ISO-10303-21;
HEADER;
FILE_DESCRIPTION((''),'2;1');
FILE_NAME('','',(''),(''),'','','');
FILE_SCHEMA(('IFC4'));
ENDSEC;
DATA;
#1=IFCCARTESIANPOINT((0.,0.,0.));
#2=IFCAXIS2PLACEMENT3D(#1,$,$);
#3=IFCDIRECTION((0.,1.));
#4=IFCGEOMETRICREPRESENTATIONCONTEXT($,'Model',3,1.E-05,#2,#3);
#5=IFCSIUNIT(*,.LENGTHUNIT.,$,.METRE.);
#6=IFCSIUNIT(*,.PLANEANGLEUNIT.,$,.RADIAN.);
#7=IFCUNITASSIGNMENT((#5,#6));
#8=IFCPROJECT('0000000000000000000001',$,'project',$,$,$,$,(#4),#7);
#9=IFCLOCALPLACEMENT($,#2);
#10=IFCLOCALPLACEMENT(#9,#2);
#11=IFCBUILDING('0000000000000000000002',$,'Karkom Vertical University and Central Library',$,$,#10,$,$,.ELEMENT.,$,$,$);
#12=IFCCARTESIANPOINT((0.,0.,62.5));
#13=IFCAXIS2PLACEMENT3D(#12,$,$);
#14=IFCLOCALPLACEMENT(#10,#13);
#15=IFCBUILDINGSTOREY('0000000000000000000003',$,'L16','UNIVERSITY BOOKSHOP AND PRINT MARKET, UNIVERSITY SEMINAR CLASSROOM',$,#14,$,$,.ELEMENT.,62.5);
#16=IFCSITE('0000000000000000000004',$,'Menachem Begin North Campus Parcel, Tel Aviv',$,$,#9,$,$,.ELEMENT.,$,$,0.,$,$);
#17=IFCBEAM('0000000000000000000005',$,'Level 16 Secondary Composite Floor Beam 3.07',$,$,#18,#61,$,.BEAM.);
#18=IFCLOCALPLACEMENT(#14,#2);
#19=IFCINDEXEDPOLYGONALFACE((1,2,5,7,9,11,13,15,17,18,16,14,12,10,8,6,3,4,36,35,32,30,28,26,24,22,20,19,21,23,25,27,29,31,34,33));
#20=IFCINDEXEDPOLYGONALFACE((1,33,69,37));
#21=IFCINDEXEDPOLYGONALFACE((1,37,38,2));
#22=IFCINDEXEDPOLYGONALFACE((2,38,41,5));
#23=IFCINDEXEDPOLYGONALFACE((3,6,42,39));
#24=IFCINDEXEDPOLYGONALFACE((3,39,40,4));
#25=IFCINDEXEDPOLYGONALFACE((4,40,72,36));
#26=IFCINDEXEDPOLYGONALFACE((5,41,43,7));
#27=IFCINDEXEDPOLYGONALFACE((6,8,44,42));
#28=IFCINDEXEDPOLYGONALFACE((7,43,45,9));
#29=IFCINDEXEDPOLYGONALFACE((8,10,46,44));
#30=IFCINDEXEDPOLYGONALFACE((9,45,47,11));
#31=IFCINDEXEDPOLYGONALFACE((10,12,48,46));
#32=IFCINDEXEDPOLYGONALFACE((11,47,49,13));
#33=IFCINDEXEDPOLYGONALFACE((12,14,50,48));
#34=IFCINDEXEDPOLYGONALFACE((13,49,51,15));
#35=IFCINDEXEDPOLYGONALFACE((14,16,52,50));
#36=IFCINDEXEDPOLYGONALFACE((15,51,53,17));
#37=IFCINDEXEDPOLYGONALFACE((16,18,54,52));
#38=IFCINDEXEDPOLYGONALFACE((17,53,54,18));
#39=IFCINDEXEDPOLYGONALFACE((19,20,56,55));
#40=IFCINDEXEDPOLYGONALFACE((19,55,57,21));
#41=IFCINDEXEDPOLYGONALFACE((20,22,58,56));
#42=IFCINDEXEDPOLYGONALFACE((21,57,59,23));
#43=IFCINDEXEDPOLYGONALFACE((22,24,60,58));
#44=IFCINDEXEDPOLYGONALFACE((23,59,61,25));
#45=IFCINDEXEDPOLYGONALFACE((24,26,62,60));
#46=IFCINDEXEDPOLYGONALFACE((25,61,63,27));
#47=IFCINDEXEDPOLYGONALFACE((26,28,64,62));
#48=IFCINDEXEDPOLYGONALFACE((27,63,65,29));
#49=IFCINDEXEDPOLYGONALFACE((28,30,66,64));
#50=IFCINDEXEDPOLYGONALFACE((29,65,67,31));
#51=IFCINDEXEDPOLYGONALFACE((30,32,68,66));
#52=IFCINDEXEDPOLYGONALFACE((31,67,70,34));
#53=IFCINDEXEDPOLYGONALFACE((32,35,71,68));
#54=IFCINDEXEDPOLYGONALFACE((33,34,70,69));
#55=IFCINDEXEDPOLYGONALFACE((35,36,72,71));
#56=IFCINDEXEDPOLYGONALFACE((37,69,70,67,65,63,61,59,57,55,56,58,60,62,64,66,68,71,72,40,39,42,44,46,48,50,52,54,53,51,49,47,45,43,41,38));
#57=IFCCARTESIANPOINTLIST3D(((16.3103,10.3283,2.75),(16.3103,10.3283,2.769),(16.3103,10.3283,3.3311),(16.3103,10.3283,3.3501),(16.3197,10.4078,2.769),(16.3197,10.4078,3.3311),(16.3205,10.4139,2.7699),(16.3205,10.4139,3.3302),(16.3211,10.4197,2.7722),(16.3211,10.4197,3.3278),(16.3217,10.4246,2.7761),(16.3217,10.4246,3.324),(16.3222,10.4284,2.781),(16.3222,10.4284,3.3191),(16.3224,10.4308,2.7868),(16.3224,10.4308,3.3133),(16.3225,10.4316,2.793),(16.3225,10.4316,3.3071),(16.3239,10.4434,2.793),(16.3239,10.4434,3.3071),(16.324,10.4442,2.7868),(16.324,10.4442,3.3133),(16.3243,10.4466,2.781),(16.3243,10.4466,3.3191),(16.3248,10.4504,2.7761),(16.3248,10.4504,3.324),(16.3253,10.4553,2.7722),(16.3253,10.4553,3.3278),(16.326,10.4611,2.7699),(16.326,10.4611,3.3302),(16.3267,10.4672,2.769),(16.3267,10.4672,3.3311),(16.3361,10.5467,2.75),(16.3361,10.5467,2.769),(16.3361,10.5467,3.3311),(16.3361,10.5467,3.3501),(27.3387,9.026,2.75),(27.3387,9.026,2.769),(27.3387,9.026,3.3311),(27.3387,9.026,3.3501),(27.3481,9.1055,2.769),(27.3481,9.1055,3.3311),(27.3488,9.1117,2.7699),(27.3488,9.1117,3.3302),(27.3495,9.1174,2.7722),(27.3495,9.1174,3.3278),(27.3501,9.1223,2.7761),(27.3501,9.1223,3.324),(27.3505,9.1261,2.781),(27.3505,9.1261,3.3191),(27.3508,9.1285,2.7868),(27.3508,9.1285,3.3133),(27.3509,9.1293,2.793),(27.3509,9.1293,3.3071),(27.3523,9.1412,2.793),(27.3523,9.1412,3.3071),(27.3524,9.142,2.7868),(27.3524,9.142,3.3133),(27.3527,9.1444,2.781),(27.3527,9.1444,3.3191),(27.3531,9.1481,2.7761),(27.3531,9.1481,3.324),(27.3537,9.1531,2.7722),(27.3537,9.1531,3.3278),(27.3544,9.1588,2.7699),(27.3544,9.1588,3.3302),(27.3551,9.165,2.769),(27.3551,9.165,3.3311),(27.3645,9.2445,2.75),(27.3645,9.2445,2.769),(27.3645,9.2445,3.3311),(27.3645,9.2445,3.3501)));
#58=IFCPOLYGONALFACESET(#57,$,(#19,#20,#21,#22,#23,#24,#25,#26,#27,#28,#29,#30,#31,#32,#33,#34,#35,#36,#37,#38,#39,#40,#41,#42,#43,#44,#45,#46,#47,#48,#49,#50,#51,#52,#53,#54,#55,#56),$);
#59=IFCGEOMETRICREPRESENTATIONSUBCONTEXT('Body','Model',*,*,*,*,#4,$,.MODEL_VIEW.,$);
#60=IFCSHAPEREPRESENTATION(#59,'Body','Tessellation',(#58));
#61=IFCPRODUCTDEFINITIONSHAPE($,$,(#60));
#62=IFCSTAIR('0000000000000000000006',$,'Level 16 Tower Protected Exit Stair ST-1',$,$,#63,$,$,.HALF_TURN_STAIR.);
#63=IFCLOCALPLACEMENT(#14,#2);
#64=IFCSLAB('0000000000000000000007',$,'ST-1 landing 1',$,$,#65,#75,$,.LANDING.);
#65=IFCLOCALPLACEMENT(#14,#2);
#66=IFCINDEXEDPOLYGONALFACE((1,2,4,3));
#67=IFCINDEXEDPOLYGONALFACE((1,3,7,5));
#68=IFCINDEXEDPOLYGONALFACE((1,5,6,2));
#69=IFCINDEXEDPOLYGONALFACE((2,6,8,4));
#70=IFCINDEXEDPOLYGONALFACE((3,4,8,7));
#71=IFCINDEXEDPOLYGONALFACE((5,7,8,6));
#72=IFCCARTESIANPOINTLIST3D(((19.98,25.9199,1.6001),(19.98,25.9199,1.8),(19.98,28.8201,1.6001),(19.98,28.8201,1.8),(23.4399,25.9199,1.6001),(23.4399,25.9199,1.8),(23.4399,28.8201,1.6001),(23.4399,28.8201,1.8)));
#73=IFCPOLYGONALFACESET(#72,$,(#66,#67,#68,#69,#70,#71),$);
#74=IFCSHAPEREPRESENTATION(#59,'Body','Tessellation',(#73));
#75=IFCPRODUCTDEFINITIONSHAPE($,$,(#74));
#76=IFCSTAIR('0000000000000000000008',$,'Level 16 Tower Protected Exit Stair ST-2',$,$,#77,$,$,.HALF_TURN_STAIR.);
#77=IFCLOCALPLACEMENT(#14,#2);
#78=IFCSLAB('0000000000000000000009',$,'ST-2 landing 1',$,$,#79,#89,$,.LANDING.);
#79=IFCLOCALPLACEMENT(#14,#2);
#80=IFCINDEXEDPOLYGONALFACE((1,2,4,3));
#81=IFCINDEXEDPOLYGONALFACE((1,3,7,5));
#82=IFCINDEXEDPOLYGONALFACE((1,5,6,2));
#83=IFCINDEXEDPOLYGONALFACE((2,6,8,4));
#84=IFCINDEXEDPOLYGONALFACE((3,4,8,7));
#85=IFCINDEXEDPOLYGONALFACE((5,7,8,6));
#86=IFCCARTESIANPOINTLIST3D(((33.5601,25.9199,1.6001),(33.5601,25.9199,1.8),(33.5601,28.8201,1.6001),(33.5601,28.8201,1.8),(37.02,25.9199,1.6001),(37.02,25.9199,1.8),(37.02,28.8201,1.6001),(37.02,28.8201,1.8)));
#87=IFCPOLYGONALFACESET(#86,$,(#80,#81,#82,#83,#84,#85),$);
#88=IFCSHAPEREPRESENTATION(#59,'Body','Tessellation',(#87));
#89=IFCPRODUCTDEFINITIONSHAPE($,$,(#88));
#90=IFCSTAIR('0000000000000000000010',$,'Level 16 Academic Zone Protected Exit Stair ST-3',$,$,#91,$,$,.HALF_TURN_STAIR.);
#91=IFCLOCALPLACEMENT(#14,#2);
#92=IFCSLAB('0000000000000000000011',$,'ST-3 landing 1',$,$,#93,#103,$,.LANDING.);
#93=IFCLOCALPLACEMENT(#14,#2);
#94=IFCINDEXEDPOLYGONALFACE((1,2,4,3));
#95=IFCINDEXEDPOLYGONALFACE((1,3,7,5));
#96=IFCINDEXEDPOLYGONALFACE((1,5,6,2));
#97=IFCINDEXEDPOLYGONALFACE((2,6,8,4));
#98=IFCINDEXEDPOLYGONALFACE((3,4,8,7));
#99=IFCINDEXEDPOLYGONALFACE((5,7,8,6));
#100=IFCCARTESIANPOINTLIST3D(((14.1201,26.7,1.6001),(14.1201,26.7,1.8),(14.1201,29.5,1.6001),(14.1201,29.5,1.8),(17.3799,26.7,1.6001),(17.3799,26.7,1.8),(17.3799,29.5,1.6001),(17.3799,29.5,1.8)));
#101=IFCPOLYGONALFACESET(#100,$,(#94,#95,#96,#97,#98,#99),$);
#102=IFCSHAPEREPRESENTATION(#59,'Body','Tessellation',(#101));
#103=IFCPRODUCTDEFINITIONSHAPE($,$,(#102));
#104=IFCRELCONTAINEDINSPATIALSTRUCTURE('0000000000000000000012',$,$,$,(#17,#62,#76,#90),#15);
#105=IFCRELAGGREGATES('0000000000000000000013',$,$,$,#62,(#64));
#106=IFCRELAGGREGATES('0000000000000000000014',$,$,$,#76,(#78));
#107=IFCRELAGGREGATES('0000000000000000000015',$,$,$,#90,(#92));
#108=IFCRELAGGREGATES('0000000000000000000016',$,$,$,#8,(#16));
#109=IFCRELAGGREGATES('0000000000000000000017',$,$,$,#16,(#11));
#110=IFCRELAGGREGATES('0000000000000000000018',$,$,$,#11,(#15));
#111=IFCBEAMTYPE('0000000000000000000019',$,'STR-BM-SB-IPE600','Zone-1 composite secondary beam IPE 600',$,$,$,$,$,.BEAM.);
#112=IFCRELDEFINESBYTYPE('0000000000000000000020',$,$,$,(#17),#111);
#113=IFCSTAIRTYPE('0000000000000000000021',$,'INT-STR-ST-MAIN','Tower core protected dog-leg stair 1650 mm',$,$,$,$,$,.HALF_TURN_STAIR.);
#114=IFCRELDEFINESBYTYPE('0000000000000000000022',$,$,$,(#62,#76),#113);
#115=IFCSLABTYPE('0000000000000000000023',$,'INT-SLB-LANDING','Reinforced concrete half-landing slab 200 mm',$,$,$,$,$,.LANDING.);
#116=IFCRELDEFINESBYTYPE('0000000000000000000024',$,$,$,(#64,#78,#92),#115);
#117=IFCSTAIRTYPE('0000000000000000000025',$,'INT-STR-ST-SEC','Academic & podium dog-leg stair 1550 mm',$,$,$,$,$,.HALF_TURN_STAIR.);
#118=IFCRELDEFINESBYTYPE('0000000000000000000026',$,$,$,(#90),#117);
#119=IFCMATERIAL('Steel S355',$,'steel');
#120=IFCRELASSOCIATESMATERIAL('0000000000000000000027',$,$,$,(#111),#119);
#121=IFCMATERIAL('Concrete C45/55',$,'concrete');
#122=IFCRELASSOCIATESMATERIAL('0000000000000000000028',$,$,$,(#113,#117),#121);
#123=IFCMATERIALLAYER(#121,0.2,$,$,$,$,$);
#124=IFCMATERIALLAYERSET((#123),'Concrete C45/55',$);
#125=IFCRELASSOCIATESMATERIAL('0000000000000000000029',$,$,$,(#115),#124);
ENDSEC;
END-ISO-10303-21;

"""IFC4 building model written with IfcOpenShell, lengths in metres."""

from ifc_helpers import new_model, si_unit, direction, frame, origin, origin_with_axes, origin_2d, place, context, subcontext, project, spatial, polyline, i_section, outline, extrude, source, transform, mapped, material, layer, layer_set, material_profile, profile_set, type_object, element, aggregate, save


model = new_model("IFC4")

# Units and contexts
model_context = context("Model", 3, precision=1e-05, world=origin(), true_north=direction((0.0, 1.0)))
body_context = subcontext(model_context, "Body", "Model", "MODEL_VIEW")
ifc_project = project(units=[si_unit("LENGTHUNIT", "METRE"), si_unit("PLANEANGLEUNIT", "RADIAN")], contexts=[model_context])

# Site, building, storey
site_placement = place(None, origin())
site = spatial("IfcSite", under=ifc_project, at=site_placement, Name="Menachem Begin North Campus Parcel, Tel Aviv", CompositionType="ELEMENT", RefElevation=0.0)
building_placement = place(site_placement, origin())
building = spatial("IfcBuilding", under=site, at=building_placement, Name="Karkom Vertical University and Central Library", CompositionType="ELEMENT")
storey_placement = place(building_placement, frame((0.0, 0.0, 62.5)))
storey = spatial("IfcBuildingStorey", under=building, at=storey_placement, Name="L16", Description="UNIVERSITY BOOKSHOP AND PRINT MARKET, UNIVERSITY SEMINAR CLASSROOM", CompositionType="ELEMENT", Elevation=62.5)

# Beam
ifc_material_1 = material(Name="Steel S355", Category="steel")
ifc_material_profile_1 = material_profile(ifc_material_1, i_section(OverallWidth=0.22, OverallDepth=0.6001, WebThickness=0.012, FlangeThickness=0.019, FilletRadius=0.0239, at=origin_2d()), Name="IPE 600")
ifc_profile_set_1 = profile_set([ifc_material_profile_1], Name="Steel S355")
beam_type_1 = type_object("IfcBeamType", Name="STR-BM-SB-IPE600", Description="Zone-1 composite secondary beam IPE 600", PredefinedType="BEAM", material=ifc_profile_set_1)
shared_shape_1 = source(origin_with_axes(), body_context, "Body", "SweptSolid", [
    extrude(i_section(OverallWidth=0.22, OverallDepth=0.6001, WebThickness=0.012, FlangeThickness=0.019, FilletRadius=0.0239, at=origin_2d()), origin(), (0.0, 0.0, 1.0), 11.105),
])
beam_1_placement = place(storey_placement, frame((16.3232, 10.4375, 3.05), z_axis=(0.9931, -0.117267, 0.0), x_axis=(0.117267, 0.9931, 0.0)))
element("IfcBeam", 1, at=beam_1_placement, inside=storey, type_object=beam_type_1, Name="Level 16 Secondary Composite Floor Beam 3.07", PredefinedType="BEAM", context=body_context, shape_type="MappedRepresentation", body=[
    mapped(shared_shape_1, transform((0.0, 0.0, 0.0), scale=1.0)),
])

# Stairs, slabs
ifc_material_2 = material(Name="Concrete C45/55", Category="concrete")
stair_type_1 = type_object("IfcStairType", Name="INT-STR-ST-MAIN", Description="Tower core protected dog-leg stair 1650 mm", PredefinedType="HALF_TURN_STAIR", material=ifc_material_2)
stair_1_placement = place(storey_placement, origin())
stair_1 = element("IfcStair", 2, at=stair_1_placement, inside=storey, type_object=stair_type_1, Name="Level 16 Tower Protected Exit Stair ST-1", PredefinedType="HALF_TURN_STAIR")
ifc_layer_1 = layer(ifc_material_2, 0.2)
ifc_layer_set_1 = layer_set([ifc_layer_1], Name="Concrete C45/55")
slab_type_1 = type_object("IfcSlabType", Name="INT-SLB-LANDING", Description="Reinforced concrete half-landing slab 200 mm", PredefinedType="LANDING", material=ifc_layer_set_1)
slab_1_placement = place(storey_placement, frame((0.0, 0.0, 1.6001)))
slab_1 = element("IfcSlab", 3, at=slab_1_placement, type_object=slab_type_1, Name="ST-1 landing 1", PredefinedType="LANDING", context=body_context, shape_type="SweptSolid", body=[
    extrude(outline(polyline([(23.4399, 25.9199), (23.4399, 28.8201), (19.98, 28.8201), (19.98, 25.9199), (23.4399, 25.9199)])), origin(), (0.0, 0.0, 1.0), 0.2),
])
aggregate(stair_1, [slab_1])
stair_2_placement = place(storey_placement, origin())
stair_2 = element("IfcStair", 4, at=stair_2_placement, inside=storey, type_object=stair_type_1, Name="Level 16 Tower Protected Exit Stair ST-2", PredefinedType="HALF_TURN_STAIR")
slab_2_placement = place(storey_placement, frame((0.0, 0.0, 1.6001)))
slab_2 = element("IfcSlab", 5, at=slab_2_placement, type_object=slab_type_1, Name="ST-2 landing 1", PredefinedType="LANDING", context=body_context, shape_type="SweptSolid", body=[
    extrude(outline(polyline([(37.02, 25.9199), (37.02, 28.8201), (33.5601, 28.8201), (33.5601, 25.9199), (37.02, 25.9199)])), origin(), (0.0, 0.0, 1.0), 0.2),
])
aggregate(stair_2, [slab_2])
stair_type_2 = type_object("IfcStairType", Name="INT-STR-ST-SEC", Description="Academic & podium dog-leg stair 1550 mm", PredefinedType="HALF_TURN_STAIR", material=ifc_material_2)
stair_3_placement = place(storey_placement, origin())
stair_3 = element("IfcStair", 6, at=stair_3_placement, inside=storey, type_object=stair_type_2, Name="Level 16 Academic Zone Protected Exit Stair ST-3", PredefinedType="HALF_TURN_STAIR")
slab_3_placement = place(storey_placement, frame((0.0, 0.0, 1.6001)))
slab_3 = element("IfcSlab", 7, at=slab_3_placement, type_object=slab_type_1, Name="ST-3 landing 1", PredefinedType="LANDING", context=body_context, shape_type="SweptSolid", body=[
    extrude(outline(polyline([(17.3799, 26.7), (17.3799, 29.5), (14.1201, 29.5), (14.1201, 26.7), (17.3799, 26.7)])), origin(), (0.0, 0.0, 1.0), 0.2),
])
aggregate(stair_3, [slab_3])

save(model, "model.ifc")
